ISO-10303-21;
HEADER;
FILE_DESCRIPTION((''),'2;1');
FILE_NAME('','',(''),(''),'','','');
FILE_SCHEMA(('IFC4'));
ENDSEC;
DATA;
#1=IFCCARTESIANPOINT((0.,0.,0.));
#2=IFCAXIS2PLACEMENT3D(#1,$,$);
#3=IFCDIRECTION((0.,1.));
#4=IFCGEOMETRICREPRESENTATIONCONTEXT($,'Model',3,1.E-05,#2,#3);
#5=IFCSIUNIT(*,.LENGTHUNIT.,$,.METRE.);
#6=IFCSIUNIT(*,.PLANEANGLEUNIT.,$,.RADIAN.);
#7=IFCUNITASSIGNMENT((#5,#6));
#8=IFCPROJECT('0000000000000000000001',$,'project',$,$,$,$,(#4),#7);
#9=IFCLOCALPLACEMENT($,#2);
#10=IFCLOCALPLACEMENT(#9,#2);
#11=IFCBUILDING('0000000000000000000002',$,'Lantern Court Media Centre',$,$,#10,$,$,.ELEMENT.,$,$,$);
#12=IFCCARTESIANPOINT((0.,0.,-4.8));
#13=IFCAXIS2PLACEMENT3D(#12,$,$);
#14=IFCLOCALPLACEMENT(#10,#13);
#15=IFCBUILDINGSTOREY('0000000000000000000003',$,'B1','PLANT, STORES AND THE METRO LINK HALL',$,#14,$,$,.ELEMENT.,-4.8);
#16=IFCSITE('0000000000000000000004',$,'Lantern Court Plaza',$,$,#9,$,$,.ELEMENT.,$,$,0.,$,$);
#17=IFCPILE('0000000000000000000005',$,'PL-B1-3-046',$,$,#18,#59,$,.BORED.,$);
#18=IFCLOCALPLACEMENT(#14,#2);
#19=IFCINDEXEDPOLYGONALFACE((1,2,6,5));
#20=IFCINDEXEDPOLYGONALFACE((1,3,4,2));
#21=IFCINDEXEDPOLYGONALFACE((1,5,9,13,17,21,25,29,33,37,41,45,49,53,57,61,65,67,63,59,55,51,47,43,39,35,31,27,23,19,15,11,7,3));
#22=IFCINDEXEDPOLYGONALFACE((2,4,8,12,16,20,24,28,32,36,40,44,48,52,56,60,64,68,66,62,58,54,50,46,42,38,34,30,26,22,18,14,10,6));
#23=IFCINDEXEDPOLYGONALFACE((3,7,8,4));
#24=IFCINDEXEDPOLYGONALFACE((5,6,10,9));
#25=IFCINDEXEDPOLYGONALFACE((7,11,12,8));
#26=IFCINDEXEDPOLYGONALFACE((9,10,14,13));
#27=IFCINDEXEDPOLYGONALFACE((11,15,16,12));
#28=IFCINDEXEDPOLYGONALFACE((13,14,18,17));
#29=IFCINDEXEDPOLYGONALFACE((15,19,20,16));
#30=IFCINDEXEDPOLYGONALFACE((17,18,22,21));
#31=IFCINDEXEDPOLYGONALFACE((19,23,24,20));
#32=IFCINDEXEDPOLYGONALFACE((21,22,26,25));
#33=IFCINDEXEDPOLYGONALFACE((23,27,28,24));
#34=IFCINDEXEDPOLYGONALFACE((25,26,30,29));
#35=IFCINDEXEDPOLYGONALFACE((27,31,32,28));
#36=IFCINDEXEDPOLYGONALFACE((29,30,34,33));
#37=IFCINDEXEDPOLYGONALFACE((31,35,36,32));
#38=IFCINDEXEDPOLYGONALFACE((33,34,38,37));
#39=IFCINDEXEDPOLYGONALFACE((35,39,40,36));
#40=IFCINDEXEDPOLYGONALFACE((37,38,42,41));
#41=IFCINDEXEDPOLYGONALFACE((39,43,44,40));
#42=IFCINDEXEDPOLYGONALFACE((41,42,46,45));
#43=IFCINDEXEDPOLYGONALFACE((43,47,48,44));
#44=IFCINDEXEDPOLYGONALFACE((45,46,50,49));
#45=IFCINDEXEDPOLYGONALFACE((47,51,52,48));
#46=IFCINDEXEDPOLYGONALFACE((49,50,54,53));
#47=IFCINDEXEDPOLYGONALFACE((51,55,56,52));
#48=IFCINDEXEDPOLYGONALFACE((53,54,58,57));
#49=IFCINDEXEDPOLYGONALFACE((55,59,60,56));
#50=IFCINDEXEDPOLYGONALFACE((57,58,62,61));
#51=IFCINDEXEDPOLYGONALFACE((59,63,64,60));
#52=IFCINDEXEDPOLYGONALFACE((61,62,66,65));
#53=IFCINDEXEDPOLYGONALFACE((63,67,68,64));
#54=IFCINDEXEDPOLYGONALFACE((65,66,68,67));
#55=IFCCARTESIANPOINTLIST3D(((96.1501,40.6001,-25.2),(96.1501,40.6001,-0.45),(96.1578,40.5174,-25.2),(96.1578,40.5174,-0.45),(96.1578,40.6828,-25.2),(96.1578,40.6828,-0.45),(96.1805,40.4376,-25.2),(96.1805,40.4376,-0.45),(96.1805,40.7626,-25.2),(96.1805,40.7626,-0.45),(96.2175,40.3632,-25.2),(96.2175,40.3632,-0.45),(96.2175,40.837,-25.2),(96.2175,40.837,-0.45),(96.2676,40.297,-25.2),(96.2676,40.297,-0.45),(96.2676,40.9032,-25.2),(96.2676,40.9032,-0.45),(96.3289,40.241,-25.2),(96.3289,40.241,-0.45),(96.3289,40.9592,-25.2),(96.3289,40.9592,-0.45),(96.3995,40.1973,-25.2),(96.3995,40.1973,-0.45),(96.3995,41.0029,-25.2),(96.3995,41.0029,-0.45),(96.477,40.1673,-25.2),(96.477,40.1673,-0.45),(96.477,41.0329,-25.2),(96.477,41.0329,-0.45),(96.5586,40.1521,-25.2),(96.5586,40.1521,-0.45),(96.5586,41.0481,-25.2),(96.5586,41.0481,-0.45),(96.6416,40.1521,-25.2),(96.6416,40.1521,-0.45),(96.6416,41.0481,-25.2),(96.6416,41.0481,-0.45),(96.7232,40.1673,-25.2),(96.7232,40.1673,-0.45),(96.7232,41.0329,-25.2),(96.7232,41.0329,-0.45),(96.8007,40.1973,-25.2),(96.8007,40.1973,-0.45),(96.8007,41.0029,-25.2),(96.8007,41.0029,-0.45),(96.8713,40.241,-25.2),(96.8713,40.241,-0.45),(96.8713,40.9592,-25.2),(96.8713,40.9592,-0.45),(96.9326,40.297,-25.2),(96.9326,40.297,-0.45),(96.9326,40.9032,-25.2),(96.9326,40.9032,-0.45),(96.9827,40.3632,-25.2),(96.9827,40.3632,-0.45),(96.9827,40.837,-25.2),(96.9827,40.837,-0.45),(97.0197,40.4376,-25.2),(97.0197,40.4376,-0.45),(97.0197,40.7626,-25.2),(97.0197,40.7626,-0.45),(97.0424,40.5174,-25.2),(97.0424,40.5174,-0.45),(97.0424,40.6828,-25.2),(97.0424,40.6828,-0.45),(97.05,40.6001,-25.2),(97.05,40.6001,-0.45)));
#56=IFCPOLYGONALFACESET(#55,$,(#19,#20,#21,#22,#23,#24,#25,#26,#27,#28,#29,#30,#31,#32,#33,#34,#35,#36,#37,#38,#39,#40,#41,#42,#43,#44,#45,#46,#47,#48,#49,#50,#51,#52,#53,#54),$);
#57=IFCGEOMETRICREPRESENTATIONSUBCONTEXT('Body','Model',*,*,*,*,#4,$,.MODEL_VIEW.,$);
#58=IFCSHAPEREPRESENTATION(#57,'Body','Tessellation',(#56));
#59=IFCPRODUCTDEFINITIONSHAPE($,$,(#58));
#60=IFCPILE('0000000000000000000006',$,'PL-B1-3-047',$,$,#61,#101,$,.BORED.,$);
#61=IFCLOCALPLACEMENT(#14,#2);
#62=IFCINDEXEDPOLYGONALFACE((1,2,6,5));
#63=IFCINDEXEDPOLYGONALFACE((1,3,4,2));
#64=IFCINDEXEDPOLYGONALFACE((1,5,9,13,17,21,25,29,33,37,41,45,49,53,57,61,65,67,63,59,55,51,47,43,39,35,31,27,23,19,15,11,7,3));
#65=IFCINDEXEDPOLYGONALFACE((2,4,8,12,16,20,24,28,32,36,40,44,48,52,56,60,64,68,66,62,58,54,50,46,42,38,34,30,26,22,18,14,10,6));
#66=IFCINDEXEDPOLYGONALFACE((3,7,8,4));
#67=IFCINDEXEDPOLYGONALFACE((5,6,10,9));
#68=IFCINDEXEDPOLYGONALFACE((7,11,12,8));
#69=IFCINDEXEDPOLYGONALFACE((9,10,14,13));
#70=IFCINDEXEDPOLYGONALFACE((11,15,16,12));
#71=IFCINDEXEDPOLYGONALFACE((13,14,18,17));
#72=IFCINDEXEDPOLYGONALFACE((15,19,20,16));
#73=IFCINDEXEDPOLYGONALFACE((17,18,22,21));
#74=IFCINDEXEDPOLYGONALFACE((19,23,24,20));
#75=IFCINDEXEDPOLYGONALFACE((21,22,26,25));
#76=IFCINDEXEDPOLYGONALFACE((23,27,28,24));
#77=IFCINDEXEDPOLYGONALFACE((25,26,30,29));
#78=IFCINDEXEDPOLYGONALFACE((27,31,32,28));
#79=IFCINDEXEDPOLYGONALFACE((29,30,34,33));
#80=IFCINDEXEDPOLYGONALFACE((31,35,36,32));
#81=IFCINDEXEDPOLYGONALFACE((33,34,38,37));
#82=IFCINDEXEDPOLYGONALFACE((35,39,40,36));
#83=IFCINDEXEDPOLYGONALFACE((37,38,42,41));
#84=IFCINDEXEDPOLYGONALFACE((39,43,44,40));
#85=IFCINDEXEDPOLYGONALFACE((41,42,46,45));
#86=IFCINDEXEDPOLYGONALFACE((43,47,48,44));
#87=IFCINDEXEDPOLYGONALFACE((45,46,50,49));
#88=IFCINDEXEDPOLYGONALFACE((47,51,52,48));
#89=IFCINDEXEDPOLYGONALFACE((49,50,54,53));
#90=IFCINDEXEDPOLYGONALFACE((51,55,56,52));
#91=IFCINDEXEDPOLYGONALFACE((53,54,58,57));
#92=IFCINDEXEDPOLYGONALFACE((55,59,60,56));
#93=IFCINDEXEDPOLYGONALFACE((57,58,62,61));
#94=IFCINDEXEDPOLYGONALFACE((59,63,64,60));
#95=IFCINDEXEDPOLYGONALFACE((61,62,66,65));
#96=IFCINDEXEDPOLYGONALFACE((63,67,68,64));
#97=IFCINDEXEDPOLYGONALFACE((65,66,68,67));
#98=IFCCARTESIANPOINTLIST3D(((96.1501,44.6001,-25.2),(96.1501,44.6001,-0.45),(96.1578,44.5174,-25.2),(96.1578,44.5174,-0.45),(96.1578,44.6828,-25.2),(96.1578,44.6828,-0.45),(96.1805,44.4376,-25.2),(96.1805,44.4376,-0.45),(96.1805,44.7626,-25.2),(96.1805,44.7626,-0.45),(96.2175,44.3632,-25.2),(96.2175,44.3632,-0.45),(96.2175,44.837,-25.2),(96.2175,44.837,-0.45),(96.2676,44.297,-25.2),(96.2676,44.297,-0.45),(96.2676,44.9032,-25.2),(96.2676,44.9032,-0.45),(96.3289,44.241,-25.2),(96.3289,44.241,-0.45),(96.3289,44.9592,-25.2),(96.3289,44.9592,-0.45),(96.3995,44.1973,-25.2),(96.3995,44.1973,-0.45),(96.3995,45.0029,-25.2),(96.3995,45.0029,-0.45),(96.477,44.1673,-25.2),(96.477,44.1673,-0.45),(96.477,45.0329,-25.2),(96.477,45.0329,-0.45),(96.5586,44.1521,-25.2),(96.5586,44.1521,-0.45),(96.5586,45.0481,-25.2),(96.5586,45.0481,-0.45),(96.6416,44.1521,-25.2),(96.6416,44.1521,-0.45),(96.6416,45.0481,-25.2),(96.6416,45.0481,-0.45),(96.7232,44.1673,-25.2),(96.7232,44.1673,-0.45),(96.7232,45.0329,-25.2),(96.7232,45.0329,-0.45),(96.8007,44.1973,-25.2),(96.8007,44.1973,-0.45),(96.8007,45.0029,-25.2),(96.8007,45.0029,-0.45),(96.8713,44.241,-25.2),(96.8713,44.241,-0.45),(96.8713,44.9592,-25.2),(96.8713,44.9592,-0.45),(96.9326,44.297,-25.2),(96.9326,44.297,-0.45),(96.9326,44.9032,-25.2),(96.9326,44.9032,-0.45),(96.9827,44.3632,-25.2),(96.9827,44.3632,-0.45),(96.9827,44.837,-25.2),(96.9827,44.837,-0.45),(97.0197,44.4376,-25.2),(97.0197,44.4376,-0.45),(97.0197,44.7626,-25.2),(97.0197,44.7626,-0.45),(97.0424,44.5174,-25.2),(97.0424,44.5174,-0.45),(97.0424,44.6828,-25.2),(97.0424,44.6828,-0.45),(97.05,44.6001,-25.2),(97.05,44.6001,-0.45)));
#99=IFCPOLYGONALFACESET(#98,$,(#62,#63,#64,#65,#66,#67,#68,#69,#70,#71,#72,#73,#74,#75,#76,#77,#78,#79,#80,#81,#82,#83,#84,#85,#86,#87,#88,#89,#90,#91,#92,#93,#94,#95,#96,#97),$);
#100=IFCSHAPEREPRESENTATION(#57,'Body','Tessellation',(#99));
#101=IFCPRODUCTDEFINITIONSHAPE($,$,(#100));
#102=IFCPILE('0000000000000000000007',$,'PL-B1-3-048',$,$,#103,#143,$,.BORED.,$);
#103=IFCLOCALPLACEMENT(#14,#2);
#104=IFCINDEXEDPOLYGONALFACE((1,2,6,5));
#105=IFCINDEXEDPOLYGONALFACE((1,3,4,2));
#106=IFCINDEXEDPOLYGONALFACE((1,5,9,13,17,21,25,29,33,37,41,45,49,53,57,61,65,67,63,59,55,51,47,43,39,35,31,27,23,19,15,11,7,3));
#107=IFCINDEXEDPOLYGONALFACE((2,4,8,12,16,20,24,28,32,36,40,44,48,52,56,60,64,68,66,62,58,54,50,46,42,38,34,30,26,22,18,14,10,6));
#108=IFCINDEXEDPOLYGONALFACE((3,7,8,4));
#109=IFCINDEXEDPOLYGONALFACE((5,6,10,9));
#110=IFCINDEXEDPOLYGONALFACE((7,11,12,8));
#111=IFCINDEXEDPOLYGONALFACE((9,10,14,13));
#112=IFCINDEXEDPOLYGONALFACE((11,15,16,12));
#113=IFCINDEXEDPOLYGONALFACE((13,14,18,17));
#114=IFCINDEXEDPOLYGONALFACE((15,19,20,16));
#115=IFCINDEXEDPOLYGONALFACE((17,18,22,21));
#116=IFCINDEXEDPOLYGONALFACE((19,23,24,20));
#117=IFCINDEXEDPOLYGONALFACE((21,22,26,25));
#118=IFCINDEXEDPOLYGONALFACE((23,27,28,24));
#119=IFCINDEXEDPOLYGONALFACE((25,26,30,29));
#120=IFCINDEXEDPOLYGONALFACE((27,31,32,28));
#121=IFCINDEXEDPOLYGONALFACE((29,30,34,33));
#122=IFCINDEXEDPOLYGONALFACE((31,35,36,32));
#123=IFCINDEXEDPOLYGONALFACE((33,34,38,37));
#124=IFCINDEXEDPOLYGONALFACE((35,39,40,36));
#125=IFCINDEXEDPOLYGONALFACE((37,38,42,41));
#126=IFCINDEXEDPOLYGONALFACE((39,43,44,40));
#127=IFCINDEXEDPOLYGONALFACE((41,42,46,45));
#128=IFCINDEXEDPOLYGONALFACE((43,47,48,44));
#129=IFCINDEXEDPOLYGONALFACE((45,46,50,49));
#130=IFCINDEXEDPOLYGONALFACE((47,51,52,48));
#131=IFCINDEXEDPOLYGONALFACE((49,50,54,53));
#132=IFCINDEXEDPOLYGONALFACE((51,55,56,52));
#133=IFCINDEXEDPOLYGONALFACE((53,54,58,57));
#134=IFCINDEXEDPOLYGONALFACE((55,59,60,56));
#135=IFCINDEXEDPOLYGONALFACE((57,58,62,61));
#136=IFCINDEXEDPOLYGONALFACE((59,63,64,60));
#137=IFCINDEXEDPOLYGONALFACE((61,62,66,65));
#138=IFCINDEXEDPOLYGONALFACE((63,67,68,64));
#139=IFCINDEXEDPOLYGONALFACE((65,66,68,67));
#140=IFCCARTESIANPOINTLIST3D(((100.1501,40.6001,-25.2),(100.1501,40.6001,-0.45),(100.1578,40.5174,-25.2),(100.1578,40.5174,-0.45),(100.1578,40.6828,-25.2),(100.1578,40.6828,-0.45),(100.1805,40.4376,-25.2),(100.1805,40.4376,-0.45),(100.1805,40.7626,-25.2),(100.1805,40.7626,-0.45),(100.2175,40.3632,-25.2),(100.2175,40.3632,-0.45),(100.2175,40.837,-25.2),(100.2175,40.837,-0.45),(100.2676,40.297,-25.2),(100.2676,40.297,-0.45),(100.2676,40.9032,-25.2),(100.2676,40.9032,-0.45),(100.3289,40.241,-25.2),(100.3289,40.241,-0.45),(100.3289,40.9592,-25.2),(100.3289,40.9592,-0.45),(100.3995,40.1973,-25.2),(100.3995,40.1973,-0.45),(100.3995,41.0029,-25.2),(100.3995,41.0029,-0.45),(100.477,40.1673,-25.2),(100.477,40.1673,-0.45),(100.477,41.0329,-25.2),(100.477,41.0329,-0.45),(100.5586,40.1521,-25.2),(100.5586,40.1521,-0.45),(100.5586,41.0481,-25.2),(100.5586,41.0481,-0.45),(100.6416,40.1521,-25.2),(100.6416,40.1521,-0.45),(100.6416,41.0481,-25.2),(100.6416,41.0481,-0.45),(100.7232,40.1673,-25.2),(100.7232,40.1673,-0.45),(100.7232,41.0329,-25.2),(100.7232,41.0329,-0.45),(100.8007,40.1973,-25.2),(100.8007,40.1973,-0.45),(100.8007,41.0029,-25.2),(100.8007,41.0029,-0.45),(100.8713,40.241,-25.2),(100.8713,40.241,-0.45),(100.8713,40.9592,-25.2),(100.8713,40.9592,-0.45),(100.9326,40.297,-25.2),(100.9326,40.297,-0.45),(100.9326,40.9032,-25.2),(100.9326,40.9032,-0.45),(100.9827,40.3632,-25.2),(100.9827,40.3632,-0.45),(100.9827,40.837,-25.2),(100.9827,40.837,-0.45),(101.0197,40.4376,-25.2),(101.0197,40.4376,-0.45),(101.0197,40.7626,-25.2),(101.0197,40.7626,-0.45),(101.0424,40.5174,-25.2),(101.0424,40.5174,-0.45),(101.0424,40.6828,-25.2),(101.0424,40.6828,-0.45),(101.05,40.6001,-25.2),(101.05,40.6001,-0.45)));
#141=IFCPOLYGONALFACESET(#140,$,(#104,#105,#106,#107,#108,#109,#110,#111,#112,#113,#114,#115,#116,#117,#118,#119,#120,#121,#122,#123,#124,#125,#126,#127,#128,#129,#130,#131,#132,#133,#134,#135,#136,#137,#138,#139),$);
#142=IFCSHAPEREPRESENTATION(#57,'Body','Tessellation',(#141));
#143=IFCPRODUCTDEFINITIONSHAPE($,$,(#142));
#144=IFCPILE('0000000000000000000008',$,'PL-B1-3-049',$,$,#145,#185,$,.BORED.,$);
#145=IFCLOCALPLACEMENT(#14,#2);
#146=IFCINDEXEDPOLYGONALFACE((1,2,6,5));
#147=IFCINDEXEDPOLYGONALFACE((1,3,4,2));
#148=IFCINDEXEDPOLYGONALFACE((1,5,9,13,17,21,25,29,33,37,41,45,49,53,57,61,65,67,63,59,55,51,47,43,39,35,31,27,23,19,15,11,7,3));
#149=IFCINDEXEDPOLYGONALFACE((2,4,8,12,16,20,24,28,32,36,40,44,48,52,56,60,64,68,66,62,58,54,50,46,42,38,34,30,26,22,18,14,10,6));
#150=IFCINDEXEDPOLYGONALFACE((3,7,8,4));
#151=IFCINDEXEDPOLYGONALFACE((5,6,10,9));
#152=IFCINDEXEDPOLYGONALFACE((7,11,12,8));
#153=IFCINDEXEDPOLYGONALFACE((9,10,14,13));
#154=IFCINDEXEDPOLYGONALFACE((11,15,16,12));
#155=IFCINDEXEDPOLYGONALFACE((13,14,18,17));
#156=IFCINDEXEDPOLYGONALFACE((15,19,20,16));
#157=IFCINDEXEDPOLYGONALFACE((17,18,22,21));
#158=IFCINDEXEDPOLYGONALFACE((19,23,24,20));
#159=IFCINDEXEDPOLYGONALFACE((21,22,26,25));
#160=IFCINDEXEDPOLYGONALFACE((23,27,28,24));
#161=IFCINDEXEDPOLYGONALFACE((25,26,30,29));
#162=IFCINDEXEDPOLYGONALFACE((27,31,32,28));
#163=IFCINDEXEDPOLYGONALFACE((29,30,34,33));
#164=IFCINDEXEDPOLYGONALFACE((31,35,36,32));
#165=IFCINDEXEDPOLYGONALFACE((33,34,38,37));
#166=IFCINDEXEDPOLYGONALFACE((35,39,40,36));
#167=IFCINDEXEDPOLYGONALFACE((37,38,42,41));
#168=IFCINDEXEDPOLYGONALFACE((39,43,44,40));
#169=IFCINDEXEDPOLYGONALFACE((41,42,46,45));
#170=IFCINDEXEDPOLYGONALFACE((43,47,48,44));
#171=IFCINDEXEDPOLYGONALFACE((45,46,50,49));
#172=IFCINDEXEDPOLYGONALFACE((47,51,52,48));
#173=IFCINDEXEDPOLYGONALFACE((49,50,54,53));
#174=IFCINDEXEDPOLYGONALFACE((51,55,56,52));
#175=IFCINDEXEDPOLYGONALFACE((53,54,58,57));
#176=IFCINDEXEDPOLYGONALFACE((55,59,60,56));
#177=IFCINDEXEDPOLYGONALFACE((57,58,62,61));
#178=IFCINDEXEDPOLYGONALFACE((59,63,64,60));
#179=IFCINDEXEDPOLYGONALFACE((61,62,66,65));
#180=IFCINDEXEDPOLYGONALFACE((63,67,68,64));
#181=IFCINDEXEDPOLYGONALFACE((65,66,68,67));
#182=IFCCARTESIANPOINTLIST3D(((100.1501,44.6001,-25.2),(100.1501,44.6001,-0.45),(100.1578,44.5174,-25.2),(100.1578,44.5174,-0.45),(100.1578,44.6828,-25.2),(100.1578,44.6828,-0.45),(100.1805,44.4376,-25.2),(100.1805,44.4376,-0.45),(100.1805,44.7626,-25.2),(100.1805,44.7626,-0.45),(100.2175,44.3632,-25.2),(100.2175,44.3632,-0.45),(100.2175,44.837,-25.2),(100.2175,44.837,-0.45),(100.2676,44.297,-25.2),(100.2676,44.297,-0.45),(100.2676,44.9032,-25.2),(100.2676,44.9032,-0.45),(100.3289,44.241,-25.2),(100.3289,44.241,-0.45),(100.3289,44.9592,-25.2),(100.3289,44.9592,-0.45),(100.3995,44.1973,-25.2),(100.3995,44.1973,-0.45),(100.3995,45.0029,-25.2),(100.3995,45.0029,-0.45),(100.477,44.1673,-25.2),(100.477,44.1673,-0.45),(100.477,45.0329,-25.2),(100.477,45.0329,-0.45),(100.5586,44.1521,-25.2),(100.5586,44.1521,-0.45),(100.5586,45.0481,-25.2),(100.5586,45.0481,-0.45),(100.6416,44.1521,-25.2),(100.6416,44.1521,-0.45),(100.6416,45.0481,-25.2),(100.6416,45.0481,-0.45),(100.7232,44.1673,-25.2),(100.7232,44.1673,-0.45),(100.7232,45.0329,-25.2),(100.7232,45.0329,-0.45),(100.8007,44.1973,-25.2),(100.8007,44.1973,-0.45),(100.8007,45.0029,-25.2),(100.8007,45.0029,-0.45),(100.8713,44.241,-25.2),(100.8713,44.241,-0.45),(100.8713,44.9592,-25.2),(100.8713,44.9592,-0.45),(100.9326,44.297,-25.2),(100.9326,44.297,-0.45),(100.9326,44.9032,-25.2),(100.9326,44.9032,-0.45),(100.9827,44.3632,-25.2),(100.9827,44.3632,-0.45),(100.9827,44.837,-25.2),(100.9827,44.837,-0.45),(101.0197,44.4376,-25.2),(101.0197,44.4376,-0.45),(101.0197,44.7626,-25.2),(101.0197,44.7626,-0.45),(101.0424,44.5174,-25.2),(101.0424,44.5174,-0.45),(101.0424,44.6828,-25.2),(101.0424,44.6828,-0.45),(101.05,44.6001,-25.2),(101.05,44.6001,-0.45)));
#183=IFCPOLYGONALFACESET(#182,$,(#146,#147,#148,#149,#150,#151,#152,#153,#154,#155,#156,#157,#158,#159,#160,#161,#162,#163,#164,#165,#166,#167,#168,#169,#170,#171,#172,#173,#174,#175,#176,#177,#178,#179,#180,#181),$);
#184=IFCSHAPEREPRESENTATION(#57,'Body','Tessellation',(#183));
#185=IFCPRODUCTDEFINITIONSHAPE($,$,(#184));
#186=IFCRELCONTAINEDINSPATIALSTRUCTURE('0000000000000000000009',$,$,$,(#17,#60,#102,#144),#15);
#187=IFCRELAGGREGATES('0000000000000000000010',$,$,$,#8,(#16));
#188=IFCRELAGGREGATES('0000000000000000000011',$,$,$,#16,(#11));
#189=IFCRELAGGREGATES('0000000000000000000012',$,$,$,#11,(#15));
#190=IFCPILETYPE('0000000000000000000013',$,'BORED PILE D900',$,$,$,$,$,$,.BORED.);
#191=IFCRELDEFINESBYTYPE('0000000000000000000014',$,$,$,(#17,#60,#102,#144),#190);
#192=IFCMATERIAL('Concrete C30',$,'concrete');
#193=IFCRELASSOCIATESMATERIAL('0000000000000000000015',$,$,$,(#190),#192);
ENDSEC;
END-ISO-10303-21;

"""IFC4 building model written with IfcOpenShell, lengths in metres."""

from ifc_helpers import new_model, si_unit, direction, frame, origin, origin_2d, place, context, subcontext, project, spatial, circle, extrude, material, material_profile, profile_set, type_object, element, save


model = new_model("IFC4")

# Units and contexts
model_context = context("Model", 3, precision=1e-05, world=origin(), true_north=direction((0.0, 1.0)))
body_context = subcontext(model_context, "Body", "Model", "MODEL_VIEW")
ifc_project = project(units=[si_unit("LENGTHUNIT", "METRE"), si_unit("PLANEANGLEUNIT", "RADIAN")], contexts=[model_context])

# Site, building, storey
site_placement = place(None, origin())
site = spatial("IfcSite", under=ifc_project, at=site_placement, Name="Lantern Court Plaza", CompositionType="ELEMENT", RefElevation=0.0)
building_placement = place(site_placement, origin())
building = spatial("IfcBuilding", under=site, at=building_placement, Name="Lantern Court Media Centre", CompositionType="ELEMENT")
storey_placement = place(building_placement, frame((0.0, 0.0, -4.8)))
storey = spatial("IfcBuildingStorey", under=building, at=storey_placement, Name="B1", Description="PLANT, STORES AND THE METRO LINK HALL", CompositionType="ELEMENT", Elevation=-4.8)

# Piles
ifc_material_1 = material(Name="Concrete C30", Category="concrete")
ifc_material_profile_1 = material_profile(ifc_material_1, circle(Radius=0.45, at=origin_2d()), Name="D900")
ifc_profile_set_1 = profile_set([ifc_material_profile_1], Name="Concrete C30")
pile_type = type_object("IfcPileType", Name="BORED PILE D900", PredefinedType="BORED", material=ifc_profile_set_1)
for number, where, z_axis, x_axis, name in (
    (1, (96.6001, 40.6001, -0.45), (0.0, 0.0, -1.0), (1.0, 0.0, 0.0), "PL-B1-3-046"),
    (2, (96.6001, 44.6001, -0.45), (0.0, 0.0, -1.0), (1.0, 0.0, 0.0), "PL-B1-3-047"),
    (3, (100.6001, 40.6001, -0.45), (0.0, 0.0, -1.0), (1.0, 0.0, 0.0), "PL-B1-3-048"),
    (4, (100.6001, 44.6001, -0.45), (0.0, 0.0, -1.0), (1.0, 0.0, 0.0), "PL-B1-3-049"),
):
    element("IfcPile", number, at=place(storey_placement, frame(where, z_axis=z_axis, x_axis=x_axis)), inside=storey, type_object=pile_type, Name=name, PredefinedType="BORED", context=body_context, shape_type="SweptSolid", body=[
        extrude(circle(Radius=0.45, at=origin_2d()), origin(), (0.0, 0.0, 1.0), 24.75),
    ])

save(model, "model.ifc")
